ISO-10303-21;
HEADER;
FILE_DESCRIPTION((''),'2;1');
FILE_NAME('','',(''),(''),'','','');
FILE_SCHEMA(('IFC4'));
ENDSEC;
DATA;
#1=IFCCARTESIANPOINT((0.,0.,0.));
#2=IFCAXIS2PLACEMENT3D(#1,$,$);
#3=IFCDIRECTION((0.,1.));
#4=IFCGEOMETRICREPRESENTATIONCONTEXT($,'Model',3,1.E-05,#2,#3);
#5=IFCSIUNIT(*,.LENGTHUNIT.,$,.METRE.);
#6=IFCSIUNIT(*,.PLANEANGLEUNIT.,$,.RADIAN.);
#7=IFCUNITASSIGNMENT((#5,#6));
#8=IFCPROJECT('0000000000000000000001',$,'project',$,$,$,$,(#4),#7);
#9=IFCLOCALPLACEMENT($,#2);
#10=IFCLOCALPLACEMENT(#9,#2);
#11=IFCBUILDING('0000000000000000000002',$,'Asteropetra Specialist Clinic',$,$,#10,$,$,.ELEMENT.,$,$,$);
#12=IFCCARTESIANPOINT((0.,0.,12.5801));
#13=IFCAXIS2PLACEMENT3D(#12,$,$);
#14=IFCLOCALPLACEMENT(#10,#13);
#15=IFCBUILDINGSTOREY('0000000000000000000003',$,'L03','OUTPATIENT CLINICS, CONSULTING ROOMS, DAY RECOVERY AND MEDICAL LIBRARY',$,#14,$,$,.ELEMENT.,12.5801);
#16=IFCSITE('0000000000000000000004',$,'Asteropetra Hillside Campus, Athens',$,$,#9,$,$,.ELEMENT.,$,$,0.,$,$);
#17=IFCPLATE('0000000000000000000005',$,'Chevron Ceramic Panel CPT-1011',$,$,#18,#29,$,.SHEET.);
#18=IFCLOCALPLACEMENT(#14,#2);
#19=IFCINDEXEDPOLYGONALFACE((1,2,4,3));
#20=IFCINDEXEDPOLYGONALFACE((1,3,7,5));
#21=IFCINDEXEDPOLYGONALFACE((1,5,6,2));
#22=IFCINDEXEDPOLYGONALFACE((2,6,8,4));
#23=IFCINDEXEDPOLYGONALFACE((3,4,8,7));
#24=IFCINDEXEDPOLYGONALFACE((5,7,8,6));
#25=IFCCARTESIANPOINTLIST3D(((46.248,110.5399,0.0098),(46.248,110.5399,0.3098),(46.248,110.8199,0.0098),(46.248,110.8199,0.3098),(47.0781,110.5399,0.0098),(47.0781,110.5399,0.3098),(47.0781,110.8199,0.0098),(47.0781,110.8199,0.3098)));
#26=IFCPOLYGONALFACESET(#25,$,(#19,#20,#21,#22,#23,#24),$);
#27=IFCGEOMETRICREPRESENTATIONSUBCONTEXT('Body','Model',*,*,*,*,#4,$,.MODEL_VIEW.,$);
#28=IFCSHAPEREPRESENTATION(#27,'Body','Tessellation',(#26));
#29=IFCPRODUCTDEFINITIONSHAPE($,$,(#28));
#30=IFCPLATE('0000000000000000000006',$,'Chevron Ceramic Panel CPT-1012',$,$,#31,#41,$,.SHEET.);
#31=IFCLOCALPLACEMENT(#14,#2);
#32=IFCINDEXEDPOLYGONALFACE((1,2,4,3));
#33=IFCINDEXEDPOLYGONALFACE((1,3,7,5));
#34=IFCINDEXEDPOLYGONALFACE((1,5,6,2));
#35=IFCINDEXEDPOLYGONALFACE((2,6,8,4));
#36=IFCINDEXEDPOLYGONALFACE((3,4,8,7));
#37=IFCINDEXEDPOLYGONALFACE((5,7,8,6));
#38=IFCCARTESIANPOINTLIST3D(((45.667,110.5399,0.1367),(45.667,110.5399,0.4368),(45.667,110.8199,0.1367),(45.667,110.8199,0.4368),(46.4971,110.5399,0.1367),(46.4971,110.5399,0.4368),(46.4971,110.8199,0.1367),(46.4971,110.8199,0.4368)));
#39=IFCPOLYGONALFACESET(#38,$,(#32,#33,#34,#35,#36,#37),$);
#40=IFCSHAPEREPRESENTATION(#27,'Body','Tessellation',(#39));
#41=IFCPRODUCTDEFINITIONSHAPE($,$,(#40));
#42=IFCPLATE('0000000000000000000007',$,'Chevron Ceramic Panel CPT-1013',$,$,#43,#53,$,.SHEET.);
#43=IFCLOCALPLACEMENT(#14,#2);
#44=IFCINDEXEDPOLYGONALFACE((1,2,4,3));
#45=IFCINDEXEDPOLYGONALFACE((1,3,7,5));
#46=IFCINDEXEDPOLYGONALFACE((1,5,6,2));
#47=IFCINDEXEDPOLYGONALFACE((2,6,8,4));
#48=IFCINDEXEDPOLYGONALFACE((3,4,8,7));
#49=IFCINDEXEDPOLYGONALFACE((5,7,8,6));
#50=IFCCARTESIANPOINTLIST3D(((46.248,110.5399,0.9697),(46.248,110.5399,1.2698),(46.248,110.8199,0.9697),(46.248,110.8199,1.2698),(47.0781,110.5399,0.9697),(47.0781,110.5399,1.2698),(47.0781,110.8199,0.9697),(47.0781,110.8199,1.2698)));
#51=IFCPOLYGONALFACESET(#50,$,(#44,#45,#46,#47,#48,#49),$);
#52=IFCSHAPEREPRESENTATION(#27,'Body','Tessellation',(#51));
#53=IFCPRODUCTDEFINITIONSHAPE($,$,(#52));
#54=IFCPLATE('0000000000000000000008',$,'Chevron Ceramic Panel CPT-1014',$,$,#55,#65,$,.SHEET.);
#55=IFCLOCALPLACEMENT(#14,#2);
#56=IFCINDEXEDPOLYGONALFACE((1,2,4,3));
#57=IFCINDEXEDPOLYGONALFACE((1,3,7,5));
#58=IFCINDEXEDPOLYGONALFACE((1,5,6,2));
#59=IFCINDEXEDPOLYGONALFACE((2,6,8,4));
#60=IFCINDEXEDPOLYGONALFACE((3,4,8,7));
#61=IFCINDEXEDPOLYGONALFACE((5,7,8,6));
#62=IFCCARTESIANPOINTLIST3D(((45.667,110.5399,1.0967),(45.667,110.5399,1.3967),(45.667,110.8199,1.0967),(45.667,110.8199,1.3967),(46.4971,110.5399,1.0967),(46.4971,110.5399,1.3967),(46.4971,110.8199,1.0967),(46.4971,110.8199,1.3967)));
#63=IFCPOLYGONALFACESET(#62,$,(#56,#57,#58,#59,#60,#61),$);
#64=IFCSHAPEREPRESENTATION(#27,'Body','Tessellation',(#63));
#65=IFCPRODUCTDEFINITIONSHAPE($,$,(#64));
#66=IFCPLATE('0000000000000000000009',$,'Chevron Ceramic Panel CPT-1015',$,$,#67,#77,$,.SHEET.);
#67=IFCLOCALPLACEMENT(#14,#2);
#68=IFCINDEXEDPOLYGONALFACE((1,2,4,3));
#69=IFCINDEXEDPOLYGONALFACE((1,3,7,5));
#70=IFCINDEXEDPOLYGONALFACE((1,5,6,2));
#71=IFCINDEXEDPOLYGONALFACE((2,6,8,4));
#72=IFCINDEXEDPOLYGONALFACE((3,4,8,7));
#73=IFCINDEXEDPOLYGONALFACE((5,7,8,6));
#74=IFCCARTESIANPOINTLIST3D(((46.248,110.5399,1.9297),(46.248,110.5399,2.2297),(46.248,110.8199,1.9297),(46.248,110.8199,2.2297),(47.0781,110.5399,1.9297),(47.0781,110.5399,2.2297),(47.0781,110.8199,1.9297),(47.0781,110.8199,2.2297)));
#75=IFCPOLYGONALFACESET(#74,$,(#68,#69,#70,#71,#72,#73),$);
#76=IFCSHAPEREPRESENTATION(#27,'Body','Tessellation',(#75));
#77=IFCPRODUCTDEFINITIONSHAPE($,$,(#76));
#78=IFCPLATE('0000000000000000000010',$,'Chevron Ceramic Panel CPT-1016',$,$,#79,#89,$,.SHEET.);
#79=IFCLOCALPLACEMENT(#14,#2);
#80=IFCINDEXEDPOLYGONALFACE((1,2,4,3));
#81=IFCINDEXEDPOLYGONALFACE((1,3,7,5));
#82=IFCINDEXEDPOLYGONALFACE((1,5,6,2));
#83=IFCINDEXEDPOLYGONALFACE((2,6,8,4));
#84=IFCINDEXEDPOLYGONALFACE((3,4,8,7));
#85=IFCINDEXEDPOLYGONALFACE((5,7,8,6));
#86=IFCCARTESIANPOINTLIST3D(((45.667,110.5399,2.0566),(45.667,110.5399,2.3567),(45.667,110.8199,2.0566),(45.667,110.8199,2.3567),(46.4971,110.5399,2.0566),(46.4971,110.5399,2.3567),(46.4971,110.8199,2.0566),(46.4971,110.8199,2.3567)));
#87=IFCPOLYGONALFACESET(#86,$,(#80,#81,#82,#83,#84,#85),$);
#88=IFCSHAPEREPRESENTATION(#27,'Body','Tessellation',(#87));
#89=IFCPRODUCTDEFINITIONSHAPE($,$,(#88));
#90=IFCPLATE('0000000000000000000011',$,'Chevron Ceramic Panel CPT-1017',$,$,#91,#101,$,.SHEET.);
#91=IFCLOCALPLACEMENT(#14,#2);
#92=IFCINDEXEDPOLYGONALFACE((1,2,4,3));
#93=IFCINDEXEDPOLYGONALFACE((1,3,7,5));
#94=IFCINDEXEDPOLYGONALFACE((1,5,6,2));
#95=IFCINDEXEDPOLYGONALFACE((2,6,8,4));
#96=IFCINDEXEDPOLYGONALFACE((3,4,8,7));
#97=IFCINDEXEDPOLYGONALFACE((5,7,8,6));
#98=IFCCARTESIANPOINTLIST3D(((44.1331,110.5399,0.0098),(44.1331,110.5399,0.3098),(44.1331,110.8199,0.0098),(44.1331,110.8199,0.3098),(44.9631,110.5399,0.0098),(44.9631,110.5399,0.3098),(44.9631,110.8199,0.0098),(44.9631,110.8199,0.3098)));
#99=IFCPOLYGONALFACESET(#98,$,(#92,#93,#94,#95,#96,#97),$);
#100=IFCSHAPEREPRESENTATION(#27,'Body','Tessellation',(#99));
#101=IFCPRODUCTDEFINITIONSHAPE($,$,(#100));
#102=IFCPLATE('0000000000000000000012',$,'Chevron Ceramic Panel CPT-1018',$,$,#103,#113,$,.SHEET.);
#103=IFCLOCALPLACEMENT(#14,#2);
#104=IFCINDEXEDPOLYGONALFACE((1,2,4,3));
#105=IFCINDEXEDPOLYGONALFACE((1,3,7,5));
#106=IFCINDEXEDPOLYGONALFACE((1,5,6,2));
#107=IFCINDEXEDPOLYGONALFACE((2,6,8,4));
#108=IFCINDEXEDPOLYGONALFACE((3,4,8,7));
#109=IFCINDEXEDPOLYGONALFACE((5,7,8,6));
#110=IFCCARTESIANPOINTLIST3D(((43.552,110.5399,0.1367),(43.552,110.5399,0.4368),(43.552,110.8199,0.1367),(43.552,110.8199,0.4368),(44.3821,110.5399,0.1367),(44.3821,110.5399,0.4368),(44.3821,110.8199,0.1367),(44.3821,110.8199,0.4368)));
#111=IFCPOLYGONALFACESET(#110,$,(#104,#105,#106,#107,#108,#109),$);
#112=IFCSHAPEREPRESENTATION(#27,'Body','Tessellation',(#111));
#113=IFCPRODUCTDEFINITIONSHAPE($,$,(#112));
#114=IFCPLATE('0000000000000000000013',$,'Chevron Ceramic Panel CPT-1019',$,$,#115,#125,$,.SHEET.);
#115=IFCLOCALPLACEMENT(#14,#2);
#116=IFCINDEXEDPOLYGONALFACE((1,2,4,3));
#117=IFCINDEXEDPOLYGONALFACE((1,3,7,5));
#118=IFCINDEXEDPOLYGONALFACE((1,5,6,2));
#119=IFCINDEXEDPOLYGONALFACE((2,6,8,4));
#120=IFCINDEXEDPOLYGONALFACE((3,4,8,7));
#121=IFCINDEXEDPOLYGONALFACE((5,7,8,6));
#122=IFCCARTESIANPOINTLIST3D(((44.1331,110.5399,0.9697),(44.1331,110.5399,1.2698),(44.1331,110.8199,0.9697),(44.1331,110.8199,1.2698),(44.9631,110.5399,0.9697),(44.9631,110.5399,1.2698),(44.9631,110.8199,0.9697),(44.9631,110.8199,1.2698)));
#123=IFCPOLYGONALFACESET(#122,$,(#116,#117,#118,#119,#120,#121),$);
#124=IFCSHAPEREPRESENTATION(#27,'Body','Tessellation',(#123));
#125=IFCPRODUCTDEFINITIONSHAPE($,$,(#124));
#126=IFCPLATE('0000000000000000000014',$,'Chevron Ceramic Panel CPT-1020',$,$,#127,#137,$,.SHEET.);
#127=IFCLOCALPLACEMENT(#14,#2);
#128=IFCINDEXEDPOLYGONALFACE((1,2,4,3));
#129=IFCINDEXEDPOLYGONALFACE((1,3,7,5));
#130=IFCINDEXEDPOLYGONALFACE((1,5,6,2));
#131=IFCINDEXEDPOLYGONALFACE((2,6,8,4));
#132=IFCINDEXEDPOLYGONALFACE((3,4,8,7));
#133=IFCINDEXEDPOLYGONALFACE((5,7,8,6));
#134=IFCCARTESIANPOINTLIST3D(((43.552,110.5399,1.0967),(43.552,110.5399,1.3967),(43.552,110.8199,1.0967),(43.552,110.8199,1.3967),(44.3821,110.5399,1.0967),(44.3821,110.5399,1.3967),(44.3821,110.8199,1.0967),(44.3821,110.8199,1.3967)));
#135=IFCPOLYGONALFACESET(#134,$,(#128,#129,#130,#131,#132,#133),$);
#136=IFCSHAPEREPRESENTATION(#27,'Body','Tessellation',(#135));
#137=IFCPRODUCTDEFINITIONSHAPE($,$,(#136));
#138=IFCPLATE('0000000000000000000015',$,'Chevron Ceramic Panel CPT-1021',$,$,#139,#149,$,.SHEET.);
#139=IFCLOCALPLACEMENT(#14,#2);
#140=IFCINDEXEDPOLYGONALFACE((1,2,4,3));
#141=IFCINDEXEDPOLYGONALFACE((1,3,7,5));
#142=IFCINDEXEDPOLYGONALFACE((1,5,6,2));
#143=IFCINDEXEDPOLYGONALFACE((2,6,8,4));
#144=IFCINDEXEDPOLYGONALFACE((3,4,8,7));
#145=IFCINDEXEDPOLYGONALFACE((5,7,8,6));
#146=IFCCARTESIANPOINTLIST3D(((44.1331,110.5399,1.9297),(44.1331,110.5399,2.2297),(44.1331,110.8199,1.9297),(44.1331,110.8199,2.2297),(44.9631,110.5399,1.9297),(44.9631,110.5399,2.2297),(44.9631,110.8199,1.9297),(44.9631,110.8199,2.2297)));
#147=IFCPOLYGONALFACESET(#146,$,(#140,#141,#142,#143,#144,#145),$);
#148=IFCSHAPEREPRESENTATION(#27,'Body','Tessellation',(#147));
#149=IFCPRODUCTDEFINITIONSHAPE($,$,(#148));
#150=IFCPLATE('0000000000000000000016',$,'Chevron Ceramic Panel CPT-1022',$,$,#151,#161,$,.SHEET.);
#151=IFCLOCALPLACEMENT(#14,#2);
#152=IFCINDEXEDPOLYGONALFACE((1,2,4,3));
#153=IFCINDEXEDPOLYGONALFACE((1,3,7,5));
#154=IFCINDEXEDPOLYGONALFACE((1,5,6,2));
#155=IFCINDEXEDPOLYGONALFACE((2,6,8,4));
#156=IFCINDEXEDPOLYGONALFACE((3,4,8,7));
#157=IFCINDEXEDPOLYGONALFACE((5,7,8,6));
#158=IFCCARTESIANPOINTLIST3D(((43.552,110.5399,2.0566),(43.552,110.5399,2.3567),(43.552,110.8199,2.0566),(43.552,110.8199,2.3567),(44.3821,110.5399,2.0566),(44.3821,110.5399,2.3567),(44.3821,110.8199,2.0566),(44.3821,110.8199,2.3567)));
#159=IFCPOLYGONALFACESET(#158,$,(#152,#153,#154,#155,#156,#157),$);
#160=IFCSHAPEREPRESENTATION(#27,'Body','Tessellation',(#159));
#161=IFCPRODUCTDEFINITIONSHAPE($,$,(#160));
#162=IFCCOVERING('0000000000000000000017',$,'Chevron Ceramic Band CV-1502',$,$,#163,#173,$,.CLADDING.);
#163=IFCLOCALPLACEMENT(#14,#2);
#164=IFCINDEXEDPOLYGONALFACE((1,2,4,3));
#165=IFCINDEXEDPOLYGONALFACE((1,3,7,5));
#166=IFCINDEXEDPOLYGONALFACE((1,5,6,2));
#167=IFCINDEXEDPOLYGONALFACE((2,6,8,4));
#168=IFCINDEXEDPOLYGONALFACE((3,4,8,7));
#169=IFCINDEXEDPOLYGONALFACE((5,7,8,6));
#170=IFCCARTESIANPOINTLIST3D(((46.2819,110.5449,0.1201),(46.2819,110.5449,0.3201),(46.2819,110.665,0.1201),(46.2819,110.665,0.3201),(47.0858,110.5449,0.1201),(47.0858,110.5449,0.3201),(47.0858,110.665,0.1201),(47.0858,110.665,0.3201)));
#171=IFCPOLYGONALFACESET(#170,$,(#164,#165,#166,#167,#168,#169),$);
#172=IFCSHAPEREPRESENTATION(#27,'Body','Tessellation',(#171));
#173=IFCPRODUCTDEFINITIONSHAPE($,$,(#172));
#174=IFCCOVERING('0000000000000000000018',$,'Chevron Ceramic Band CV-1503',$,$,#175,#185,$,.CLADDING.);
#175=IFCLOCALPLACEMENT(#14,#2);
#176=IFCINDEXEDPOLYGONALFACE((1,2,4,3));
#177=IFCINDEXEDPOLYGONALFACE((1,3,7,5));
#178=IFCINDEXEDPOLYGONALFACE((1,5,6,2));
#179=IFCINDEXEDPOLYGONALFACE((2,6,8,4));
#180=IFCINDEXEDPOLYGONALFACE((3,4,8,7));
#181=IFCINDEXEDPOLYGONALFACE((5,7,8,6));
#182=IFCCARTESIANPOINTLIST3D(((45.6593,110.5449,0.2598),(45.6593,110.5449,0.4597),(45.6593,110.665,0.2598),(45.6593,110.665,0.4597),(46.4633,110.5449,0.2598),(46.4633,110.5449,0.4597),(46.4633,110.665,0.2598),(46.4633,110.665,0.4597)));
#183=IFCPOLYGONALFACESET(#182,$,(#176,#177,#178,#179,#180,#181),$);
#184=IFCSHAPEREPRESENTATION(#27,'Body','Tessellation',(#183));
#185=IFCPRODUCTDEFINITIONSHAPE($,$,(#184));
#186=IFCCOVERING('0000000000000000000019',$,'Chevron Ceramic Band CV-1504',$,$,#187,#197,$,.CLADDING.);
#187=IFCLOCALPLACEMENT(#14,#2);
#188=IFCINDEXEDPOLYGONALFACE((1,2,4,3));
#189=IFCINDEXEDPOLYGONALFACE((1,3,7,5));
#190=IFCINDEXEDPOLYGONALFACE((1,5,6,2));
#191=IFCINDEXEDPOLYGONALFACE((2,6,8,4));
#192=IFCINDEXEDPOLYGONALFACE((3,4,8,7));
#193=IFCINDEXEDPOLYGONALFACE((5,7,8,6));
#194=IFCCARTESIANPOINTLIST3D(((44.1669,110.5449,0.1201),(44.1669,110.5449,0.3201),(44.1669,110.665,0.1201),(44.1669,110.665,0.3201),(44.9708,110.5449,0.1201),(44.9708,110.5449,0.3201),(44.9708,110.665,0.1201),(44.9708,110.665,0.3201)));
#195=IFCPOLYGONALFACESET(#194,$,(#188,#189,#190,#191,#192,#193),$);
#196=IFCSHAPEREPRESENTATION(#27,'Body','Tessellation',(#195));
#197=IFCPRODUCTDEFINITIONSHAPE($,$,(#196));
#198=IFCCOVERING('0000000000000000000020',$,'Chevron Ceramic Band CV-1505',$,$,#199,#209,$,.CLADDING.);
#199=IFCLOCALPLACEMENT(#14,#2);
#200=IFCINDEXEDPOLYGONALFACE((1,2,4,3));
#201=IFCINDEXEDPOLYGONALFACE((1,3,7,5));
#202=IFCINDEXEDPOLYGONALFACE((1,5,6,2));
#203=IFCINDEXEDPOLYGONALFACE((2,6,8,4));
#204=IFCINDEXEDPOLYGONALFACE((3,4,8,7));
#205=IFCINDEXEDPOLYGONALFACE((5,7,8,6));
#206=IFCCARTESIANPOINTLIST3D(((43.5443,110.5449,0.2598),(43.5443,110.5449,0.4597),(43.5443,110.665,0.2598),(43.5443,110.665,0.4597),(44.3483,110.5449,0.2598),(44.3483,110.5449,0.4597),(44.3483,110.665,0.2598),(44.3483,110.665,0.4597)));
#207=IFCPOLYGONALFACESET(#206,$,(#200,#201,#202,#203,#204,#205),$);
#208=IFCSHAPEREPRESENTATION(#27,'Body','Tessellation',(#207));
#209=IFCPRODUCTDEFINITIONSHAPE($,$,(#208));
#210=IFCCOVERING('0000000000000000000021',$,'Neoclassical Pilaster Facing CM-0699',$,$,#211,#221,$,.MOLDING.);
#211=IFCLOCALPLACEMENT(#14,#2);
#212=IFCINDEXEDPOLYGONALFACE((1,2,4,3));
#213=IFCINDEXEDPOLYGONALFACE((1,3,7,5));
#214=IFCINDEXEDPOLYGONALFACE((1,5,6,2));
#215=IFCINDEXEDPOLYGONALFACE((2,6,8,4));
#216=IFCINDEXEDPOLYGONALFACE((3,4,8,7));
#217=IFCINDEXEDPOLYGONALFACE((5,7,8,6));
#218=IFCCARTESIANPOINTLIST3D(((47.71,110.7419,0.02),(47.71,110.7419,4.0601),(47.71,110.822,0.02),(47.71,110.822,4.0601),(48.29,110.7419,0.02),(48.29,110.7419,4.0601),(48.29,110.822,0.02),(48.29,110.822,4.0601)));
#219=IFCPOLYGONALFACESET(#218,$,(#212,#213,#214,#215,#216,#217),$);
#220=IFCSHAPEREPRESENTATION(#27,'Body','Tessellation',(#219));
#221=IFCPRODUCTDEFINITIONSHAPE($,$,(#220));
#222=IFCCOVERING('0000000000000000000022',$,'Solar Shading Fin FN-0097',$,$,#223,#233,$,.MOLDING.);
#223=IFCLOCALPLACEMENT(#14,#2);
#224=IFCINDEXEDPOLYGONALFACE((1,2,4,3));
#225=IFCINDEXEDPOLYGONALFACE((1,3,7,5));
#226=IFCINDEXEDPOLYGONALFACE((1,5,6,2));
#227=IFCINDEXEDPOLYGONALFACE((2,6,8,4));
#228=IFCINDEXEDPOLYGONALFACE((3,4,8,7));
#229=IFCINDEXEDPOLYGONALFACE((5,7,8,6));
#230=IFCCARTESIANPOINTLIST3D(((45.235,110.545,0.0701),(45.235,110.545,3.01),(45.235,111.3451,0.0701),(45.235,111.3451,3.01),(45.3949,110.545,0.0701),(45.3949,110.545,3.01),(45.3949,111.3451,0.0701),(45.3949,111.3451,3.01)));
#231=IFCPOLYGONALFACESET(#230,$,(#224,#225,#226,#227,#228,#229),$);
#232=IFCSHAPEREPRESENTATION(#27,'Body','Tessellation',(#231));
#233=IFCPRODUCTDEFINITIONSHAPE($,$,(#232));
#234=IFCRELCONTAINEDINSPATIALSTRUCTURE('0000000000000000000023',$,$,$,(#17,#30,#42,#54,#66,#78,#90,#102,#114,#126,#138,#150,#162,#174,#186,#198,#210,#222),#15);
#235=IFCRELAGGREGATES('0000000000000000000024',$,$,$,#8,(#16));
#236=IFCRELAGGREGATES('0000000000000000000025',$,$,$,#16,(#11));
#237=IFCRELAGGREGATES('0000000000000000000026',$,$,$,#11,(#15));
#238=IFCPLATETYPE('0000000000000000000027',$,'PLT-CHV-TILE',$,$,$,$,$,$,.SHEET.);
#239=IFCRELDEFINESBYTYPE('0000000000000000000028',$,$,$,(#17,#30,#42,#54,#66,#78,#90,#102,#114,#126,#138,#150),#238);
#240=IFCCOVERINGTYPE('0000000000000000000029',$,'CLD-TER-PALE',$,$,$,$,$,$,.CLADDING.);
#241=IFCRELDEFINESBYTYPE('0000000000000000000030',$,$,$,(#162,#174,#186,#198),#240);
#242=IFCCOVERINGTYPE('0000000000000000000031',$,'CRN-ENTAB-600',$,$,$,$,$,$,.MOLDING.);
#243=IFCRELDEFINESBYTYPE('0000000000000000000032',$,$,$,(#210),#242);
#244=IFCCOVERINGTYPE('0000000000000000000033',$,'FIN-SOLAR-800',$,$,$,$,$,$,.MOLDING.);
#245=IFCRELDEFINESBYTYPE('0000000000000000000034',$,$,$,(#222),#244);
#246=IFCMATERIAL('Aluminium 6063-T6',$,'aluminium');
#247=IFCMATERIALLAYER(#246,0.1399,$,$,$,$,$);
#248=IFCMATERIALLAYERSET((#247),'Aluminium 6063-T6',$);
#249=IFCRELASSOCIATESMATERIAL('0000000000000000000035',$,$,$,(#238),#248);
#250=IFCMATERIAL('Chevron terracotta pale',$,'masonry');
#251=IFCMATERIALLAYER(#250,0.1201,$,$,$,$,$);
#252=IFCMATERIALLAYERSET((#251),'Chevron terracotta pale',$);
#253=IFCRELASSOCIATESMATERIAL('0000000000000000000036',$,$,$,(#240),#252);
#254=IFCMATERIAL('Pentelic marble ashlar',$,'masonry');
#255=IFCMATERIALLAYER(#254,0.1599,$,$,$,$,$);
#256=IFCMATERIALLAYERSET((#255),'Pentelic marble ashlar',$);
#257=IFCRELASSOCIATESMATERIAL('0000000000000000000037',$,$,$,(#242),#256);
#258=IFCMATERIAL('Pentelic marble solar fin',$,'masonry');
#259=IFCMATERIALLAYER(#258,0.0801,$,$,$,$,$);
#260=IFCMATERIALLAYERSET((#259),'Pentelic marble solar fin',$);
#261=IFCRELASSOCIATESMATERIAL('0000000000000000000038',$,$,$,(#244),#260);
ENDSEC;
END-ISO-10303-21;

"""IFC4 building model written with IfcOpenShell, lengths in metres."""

from ifc_helpers import new_model, si_unit, direction, frame, origin, origin_2d, place, context, subcontext, project, spatial, rectangle, extrude, material, layer, layer_set, type_object, element, save


model = new_model("IFC4")

# Units and contexts
model_context = context("Model", 3, precision=1e-05, world=origin(), true_north=direction((0.0, 1.0)))
body_context = subcontext(model_context, "Body", "Model", "MODEL_VIEW")
ifc_project = project(units=[si_unit("LENGTHUNIT", "METRE"), si_unit("PLANEANGLEUNIT", "RADIAN")], contexts=[model_context])

# Site, building, storey
site_placement = place(None, origin())
site = spatial("IfcSite", under=ifc_project, at=site_placement, Name="Asteropetra Hillside Campus, Athens", CompositionType="ELEMENT", RefElevation=0.0)
building_placement = place(site_placement, origin())
building = spatial("IfcBuilding", under=site, at=building_placement, Name="Asteropetra Specialist Clinic", CompositionType="ELEMENT")
storey_placement = place(building_placement, frame((0.0, 0.0, 12.5801)))
storey = spatial("IfcBuildingStorey", under=building, at=storey_placement, Name="L03", Description="OUTPATIENT CLINICS, CONSULTING ROOMS, DAY RECOVERY AND MEDICAL LIBRARY", CompositionType="ELEMENT", Elevation=12.5801)

# Plates
ifc_material_1 = material(Name="Aluminium 6063-T6", Category="aluminium")
ifc_layer_1 = layer(ifc_material_1, 0.1399)
ifc_layer_set_1 = layer_set([ifc_layer_1], Name="Aluminium 6063-T6")
plate_type_1 = type_object("IfcPlateType", Name="PLT-CHV-TILE", PredefinedType="SHEET", material=ifc_layer_set_1)
for number, where, z_axis, x_axis, name in (
    (1, (46.6631, 110.6799, 0.0098), (0.0, 0.0, 1.0), (1.0, 0.0, 0.0), "Chevron Ceramic Panel CPT-1011"),
    (2, (46.082, 110.6799, 0.1367), (0.0, 0.0, 1.0), (1.0, 0.0, 0.0), "Chevron Ceramic Panel CPT-1012"),
    (3, (46.6631, 110.6799, 0.9697), (0.0, 0.0, 1.0), (1.0, 0.0, 0.0), "Chevron Ceramic Panel CPT-1013"),
    (4, (46.082, 110.6799, 1.0967), (0.0, 0.0, 1.0), (1.0, 0.0, 0.0), "Chevron Ceramic Panel CPT-1014"),
    (5, (46.6631, 110.6799, 1.9297), (0.0, 0.0, 1.0), (1.0, 0.0, 0.0), "Chevron Ceramic Panel CPT-1015"),
    (6, (46.082, 110.6799, 2.0566), (0.0, 0.0, 1.0), (1.0, 0.0, 0.0), "Chevron Ceramic Panel CPT-1016"),
    (7, (44.5481, 110.6799, 0.0098), (0.0, 0.0, 1.0), (1.0, 0.0, 0.0), "Chevron Ceramic Panel CPT-1017"),
    (8, (43.967, 110.6799, 0.1367), (0.0, 0.0, 1.0), (1.0, 0.0, 0.0), "Chevron Ceramic Panel CPT-1018"),
    (9, (44.5481, 110.6799, 0.9697), (0.0, 0.0, 1.0), (1.0, 0.0, 0.0), "Chevron Ceramic Panel CPT-1019"),
    (10, (43.967, 110.6799, 1.0967), (0.0, 0.0, 1.0), (1.0, 0.0, 0.0), "Chevron Ceramic Panel CPT-1020"),
    (11, (44.5481, 110.6799, 1.9297), (0.0, 0.0, 1.0), (1.0, 0.0, 0.0), "Chevron Ceramic Panel CPT-1021"),
    (12, (43.967, 110.6799, 2.0566), (0.0, 0.0, 1.0), (1.0, 0.0, 0.0), "Chevron Ceramic Panel CPT-1022"),
):
    element("IfcPlate", number, at=place(storey_placement, frame(where, z_axis=z_axis, x_axis=x_axis)), inside=storey, type_object=plate_type_1, Name=name, PredefinedType="SHEET", context=body_context, shape_type="SweptSolid", body=[
        extrude(rectangle(XDim=0.8301, YDim=0.28, at=origin_2d()), origin(), (0.0, 0.0, 1.0), 0.3),
    ])

# Coverings
ifc_material_2 = material(Name="Chevron terracotta pale", Category="masonry")
ifc_layer_2 = layer(ifc_material_2, 0.1201)
ifc_layer_set_2 = layer_set([ifc_layer_2], Name="Chevron terracotta pale")
covering_type_1 = type_object("IfcCoveringType", Name="CLD-TER-PALE", PredefinedType="CLADDING", material=ifc_layer_set_2)
for number, where, z_axis, x_axis, name in (
    (13, (46.6838, 110.605, 0.1201), (0.0, 0.0, 1.0), (1.0, 0.0, 0.0), "Chevron Ceramic Band CV-1502"),
    (14, (46.0613, 110.605, 0.2598), (0.0, 0.0, 1.0), (1.0, 0.0, 0.0), "Chevron Ceramic Band CV-1503"),
    (15, (44.5688, 110.605, 0.1201), (0.0, 0.0, 1.0), (1.0, 0.0, 0.0), "Chevron Ceramic Band CV-1504"),
    (16, (43.9463, 110.605, 0.2598), (0.0, 0.0, 1.0), (1.0, 0.0, 0.0), "Chevron Ceramic Band CV-1505"),
):
    element("IfcCovering", number, at=place(storey_placement, frame(where, z_axis=z_axis, x_axis=x_axis)), inside=storey, type_object=covering_type_1, Name=name, PredefinedType="CLADDING", context=body_context, shape_type="SweptSolid", body=[
        extrude(rectangle(XDim=0.804, YDim=0.1201, at=origin_2d()), origin(), (0.0, 0.0, 1.0), 0.2),
    ])
ifc_material_3 = material(Name="Pentelic marble ashlar", Category="masonry")
ifc_layer_3 = layer(ifc_material_3, 0.1599)
ifc_layer_set_3 = layer_set([ifc_layer_3], Name="Pentelic marble ashlar")
covering_type_2 = type_object("IfcCoveringType", Name="CRN-ENTAB-600", PredefinedType="MOLDING", material=ifc_layer_set_3)
covering_placement = place(storey_placement, frame((48.0, 110.782, 0.02), z_axis=(0.0, 0.0, 1.0), x_axis=(1.0, 0.0, 0.0)))
element("IfcCovering", 17, at=covering_placement, inside=storey, type_object=covering_type_2, Name="Neoclassical Pilaster Facing CM-0699", PredefinedType="MOLDING", context=body_context, shape_type="SweptSolid", body=[
    extrude(rectangle(XDim=0.5801, YDim=0.0801, at=origin_2d()), origin(), (0.0, 0.0, 1.0), 4.04),
])
ifc_material_4 = material(Name="Pentelic marble solar fin", Category="masonry")
ifc_layer_4 = layer(ifc_material_4, 0.0801)
ifc_layer_set_4 = layer_set([ifc_layer_4], Name="Pentelic marble solar fin")
covering_type_3 = type_object("IfcCoveringType", Name="FIN-SOLAR-800", PredefinedType="MOLDING", material=ifc_layer_set_4)
for number, where, z_axis, x_axis, name in (
    (18, (45.3149, 110.9451, 0.0701), (0.0, 0.0, 1.0), (1.0, 0.0, 0.0), "Solar Shading Fin FN-0097"),
):
    element("IfcCovering", number, at=place(storey_placement, frame(where, z_axis=z_axis, x_axis=x_axis)), inside=storey, type_object=covering_type_3, Name=name, PredefinedType="MOLDING", context=body_context, shape_type="SweptSolid", body=[
        extrude(rectangle(XDim=0.1599, YDim=0.8, at=origin_2d()), origin(), (0.0, 0.0, 1.0), 2.9399),
    ])

save(model, "model.ifc")
